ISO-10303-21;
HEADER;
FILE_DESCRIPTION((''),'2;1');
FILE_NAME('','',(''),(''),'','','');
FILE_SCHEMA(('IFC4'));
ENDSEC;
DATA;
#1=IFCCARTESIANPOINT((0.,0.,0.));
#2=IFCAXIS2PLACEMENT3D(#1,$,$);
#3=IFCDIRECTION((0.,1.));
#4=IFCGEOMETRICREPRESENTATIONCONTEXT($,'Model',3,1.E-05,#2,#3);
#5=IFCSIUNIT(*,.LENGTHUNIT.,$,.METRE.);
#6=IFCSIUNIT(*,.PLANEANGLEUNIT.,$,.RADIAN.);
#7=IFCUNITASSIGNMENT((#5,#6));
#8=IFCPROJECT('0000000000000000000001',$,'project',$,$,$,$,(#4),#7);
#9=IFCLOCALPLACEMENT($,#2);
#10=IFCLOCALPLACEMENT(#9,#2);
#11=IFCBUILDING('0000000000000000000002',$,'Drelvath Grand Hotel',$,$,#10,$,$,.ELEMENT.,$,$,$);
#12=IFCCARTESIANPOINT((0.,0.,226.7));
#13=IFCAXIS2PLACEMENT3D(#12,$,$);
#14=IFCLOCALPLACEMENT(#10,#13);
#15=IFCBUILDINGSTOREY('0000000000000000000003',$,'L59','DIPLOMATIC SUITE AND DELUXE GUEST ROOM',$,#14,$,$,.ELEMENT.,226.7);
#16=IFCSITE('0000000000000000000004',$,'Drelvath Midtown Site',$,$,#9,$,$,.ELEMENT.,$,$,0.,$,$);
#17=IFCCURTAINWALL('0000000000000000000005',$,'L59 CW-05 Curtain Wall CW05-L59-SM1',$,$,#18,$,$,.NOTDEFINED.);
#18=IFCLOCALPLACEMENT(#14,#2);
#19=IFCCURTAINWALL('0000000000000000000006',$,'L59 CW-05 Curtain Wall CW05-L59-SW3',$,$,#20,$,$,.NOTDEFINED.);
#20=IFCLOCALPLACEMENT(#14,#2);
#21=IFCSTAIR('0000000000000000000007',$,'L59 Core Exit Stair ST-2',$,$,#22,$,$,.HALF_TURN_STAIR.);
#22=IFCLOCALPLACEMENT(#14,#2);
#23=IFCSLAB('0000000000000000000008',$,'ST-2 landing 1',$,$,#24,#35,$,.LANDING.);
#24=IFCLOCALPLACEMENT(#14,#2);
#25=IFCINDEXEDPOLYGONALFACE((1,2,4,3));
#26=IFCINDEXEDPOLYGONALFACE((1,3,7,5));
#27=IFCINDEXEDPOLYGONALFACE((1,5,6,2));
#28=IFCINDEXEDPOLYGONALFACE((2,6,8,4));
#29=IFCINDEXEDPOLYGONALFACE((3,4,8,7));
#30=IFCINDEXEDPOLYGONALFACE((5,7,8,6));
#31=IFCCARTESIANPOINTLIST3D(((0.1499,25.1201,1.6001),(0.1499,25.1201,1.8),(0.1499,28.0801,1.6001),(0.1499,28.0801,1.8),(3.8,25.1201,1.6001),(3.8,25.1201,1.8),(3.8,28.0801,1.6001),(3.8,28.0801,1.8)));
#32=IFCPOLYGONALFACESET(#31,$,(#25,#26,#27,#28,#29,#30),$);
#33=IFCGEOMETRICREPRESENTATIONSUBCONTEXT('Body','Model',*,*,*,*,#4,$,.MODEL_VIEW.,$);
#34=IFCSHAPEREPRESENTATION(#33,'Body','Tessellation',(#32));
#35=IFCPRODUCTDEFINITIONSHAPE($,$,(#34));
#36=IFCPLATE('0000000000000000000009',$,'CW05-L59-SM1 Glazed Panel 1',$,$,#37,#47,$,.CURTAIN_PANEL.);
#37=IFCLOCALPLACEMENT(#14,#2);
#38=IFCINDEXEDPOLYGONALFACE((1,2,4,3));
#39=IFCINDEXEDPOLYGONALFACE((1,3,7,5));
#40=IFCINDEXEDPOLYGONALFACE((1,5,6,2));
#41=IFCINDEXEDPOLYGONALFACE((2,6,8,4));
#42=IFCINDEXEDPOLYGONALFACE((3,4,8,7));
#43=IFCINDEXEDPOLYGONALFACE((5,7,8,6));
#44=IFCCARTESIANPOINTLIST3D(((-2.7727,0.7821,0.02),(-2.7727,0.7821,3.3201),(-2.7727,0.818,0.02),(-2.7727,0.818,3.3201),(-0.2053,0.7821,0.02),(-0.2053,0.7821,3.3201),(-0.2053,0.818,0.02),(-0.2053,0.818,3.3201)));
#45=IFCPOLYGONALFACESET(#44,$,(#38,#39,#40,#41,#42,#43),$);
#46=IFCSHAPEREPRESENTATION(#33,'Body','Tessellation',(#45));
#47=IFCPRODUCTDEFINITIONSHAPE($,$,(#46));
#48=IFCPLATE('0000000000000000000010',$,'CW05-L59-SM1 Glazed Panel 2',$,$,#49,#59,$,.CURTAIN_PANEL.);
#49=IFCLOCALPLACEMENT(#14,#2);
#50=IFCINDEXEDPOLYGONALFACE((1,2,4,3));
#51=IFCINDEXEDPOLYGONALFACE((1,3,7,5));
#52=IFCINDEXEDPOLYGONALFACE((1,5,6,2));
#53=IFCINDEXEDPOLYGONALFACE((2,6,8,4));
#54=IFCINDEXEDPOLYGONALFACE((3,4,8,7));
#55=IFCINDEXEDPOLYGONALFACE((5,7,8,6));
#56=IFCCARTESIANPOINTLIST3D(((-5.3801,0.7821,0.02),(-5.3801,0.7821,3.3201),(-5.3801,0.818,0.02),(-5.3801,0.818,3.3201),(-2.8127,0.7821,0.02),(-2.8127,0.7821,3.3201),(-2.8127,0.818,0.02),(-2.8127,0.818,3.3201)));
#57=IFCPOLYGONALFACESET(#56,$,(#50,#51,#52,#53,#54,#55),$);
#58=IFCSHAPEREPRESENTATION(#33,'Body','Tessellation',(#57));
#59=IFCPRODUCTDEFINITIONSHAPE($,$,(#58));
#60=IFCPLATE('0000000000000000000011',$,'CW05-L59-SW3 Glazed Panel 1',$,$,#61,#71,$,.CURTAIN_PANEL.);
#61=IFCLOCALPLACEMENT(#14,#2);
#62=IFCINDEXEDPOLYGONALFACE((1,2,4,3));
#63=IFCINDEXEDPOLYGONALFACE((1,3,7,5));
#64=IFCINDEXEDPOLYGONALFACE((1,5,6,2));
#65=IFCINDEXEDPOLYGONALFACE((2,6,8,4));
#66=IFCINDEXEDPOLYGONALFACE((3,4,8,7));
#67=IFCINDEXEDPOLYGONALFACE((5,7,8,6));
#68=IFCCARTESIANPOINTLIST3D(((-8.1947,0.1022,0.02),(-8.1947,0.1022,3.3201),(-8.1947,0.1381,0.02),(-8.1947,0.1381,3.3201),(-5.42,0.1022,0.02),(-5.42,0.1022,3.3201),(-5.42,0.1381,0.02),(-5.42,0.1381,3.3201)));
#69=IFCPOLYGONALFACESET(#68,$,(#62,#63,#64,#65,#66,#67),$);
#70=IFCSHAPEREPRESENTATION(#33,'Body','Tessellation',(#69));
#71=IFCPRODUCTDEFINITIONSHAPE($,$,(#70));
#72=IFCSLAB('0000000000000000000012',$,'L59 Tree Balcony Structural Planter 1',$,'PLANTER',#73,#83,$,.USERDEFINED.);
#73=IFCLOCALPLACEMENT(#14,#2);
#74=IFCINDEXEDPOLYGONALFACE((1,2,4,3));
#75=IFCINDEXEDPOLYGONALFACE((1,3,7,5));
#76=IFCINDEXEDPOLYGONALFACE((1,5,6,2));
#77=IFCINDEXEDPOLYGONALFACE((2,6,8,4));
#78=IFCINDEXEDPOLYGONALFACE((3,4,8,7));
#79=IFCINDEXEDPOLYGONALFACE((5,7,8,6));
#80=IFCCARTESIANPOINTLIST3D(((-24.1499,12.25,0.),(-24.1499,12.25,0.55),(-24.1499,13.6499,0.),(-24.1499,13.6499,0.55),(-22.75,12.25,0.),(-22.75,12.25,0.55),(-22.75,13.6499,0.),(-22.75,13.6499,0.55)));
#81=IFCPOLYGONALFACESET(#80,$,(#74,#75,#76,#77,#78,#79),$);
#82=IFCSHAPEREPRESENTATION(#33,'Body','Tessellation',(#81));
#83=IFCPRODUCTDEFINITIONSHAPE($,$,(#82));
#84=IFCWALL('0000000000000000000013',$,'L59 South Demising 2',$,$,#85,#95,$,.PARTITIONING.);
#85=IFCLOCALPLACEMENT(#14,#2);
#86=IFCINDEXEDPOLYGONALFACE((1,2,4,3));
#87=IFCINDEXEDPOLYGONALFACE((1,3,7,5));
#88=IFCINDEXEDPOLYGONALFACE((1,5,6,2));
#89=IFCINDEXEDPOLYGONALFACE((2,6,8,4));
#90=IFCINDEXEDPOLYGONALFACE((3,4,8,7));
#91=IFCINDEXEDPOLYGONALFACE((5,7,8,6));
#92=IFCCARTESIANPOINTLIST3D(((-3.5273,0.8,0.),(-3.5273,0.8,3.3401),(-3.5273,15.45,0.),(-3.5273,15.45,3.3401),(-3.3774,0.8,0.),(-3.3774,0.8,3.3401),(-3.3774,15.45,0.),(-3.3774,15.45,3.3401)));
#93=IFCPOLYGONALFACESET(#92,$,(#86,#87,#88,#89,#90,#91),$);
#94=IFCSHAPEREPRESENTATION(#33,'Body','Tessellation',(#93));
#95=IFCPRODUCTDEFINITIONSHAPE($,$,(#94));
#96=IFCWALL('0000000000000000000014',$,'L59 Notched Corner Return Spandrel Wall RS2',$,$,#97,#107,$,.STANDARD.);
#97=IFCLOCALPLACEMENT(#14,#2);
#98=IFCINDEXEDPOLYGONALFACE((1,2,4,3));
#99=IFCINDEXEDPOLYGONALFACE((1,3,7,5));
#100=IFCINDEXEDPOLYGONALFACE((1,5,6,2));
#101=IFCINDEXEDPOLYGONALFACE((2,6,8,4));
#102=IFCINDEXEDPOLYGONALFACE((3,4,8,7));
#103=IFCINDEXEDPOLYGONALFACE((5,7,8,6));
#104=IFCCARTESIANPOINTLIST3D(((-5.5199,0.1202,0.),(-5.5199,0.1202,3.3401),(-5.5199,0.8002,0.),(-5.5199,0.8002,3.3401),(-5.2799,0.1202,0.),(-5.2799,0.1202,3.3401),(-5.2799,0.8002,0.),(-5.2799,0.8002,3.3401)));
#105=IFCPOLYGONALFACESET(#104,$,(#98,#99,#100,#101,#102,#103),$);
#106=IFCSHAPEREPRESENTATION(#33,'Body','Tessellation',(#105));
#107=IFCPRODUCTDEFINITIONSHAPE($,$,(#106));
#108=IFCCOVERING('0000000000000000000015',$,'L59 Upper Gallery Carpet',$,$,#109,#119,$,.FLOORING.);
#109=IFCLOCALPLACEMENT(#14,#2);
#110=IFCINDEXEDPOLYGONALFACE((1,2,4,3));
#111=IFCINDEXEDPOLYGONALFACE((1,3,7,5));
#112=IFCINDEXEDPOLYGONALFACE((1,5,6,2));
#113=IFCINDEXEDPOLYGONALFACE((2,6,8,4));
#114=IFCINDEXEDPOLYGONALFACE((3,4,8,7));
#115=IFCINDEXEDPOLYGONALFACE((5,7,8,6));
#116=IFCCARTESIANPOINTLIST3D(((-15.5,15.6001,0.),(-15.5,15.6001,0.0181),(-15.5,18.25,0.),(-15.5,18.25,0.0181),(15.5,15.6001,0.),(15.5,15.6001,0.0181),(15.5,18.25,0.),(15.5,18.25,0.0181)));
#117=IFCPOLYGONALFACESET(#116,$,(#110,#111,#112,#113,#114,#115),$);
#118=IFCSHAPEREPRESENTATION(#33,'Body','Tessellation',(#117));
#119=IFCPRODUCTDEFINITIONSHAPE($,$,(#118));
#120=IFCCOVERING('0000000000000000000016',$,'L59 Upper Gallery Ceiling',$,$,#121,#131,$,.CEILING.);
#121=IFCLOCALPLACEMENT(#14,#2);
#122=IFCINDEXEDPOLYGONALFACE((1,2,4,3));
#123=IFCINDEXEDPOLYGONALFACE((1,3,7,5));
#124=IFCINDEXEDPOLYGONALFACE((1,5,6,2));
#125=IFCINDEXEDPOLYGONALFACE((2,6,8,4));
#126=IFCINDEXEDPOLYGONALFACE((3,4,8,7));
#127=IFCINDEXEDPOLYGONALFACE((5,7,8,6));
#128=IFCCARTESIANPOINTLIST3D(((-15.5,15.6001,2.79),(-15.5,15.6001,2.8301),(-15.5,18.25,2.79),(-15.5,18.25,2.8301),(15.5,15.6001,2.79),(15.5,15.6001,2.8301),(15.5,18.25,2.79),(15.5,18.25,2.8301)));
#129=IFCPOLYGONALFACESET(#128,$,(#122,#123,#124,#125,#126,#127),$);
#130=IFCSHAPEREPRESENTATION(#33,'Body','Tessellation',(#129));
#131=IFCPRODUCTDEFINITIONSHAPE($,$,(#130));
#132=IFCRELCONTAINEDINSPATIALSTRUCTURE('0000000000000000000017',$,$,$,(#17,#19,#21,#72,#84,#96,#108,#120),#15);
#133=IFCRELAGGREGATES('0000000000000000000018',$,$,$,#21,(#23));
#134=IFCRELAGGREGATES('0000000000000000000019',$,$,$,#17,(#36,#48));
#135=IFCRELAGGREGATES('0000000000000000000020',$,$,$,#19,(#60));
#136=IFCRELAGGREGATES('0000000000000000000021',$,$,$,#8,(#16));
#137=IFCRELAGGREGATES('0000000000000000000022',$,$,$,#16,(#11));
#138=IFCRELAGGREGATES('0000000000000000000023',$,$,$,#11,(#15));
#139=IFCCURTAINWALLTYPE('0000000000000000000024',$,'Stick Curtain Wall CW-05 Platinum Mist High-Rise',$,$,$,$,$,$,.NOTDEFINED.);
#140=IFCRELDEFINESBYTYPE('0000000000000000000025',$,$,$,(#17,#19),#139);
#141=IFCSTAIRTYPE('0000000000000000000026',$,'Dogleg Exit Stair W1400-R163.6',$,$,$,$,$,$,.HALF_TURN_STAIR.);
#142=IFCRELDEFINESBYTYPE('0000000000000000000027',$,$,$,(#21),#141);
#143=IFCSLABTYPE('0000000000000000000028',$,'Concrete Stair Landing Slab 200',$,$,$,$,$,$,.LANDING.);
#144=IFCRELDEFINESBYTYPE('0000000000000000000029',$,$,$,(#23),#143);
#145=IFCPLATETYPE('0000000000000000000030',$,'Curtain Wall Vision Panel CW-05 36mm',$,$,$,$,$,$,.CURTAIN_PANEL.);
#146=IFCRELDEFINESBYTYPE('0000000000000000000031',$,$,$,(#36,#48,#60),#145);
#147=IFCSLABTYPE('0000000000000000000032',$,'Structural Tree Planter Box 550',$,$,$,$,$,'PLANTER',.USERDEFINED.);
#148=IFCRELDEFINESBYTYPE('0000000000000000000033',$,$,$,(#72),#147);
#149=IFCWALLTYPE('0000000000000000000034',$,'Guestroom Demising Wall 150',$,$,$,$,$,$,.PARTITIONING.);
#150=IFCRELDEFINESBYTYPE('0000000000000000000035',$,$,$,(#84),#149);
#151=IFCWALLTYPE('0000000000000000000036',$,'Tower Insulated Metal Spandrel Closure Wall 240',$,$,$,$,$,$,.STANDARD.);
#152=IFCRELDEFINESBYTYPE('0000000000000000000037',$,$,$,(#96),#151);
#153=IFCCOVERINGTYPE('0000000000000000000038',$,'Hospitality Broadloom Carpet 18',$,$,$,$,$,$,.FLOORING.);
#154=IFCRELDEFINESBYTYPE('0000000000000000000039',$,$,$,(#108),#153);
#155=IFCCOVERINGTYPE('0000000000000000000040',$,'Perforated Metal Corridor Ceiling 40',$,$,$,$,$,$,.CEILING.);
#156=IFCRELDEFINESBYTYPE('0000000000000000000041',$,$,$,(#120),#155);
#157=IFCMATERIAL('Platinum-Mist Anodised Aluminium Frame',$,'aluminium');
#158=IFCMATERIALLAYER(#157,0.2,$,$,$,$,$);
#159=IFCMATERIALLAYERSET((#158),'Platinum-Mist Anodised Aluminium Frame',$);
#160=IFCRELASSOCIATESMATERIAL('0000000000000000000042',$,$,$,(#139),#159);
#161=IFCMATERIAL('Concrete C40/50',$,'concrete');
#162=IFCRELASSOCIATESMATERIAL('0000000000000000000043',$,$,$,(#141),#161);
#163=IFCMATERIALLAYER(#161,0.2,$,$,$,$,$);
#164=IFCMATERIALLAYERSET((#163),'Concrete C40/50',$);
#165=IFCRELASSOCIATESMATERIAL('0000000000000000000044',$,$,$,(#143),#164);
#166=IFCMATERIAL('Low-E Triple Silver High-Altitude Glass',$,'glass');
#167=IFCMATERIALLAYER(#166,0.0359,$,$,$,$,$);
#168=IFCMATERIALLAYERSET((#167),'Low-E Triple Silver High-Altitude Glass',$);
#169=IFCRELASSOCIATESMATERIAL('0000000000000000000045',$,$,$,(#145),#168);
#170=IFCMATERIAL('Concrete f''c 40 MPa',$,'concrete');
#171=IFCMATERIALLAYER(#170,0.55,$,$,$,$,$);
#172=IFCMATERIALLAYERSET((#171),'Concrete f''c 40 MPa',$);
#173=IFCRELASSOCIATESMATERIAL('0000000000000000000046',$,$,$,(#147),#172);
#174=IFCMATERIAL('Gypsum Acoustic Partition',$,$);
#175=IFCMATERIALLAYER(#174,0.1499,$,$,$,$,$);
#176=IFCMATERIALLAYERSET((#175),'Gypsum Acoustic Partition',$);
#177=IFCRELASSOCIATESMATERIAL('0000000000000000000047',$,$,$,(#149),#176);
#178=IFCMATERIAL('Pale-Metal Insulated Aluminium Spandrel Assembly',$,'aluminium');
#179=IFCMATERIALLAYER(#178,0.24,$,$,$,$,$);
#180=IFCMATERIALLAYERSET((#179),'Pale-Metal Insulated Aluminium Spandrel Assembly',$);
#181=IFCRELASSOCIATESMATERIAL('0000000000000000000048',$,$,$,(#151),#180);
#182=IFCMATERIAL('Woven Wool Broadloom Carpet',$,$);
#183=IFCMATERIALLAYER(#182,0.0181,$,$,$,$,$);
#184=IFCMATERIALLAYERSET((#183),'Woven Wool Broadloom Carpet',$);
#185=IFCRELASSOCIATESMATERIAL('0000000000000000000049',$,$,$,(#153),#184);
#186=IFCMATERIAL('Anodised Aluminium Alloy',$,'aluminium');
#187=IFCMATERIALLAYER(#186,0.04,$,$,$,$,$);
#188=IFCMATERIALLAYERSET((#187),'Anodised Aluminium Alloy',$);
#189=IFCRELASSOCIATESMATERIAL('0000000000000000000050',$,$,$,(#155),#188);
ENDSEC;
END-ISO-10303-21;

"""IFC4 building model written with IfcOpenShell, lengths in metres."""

from ifc_helpers import new_model, si_unit, direction, frame, frame_2d, origin, origin_2d, place, context, subcontext, project, spatial, polyline, rectangle, outline, extrude, material, layer, layer_set, type_object, element, aggregate, save


model = new_model("IFC4")

# Units and contexts
model_context = context("Model", 3, precision=1e-05, world=origin(), true_north=direction((0.0, 1.0)))
body_context = subcontext(model_context, "Body", "Model", "MODEL_VIEW")
ifc_project = project(units=[si_unit("LENGTHUNIT", "METRE"), si_unit("PLANEANGLEUNIT", "RADIAN")], contexts=[model_context])

# Site, building, storey
site_placement = place(None, origin())
site = spatial("IfcSite", under=ifc_project, at=site_placement, Name="Drelvath Midtown Site", CompositionType="ELEMENT", RefElevation=0.0)
building_placement = place(site_placement, origin())
building = spatial("IfcBuilding", under=site, at=building_placement, Name="Drelvath Grand Hotel", CompositionType="ELEMENT")
storey_placement = place(building_placement, frame((0.0, 0.0, 226.7)))
storey = spatial("IfcBuildingStorey", under=building, at=storey_placement, Name="L59", Description="DIPLOMATIC SUITE AND DELUXE GUEST ROOM", CompositionType="ELEMENT", Elevation=226.7)

# Curtain walls
ifc_material_1 = material(Name="Platinum-Mist Anodised Aluminium Frame", Category="aluminium")
ifc_layer_1 = layer(ifc_material_1, 0.2)
ifc_layer_set_1 = layer_set([ifc_layer_1], Name="Platinum-Mist Anodised Aluminium Frame")
curtain_wall_type = type_object("IfcCurtainWallType", Name="Stick Curtain Wall CW-05 Platinum Mist High-Rise", PredefinedType="NOTDEFINED", material=ifc_layer_set_1)
curtain_wall_1_placement = place(storey_placement, origin())
curtain_wall_1 = element("IfcCurtainWall", 1, at=curtain_wall_1_placement, inside=storey, type_object=curtain_wall_type, Name="L59 CW-05 Curtain Wall CW05-L59-SM1", PredefinedType="NOTDEFINED")
curtain_wall_2_placement = place(storey_placement, origin())
curtain_wall_2 = element("IfcCurtainWall", 2, at=curtain_wall_2_placement, inside=storey, type_object=curtain_wall_type, Name="L59 CW-05 Curtain Wall CW05-L59-SW3", PredefinedType="NOTDEFINED")

# Shared definitions
ifc_material_2 = material(Name="Concrete f'c 40 MPa", Category="concrete")

# Stair, slab
ifc_material_3 = material(Name="Concrete C40/50", Category="concrete")
stair_type = type_object("IfcStairType", Name="Dogleg Exit Stair W1400-R163.6", PredefinedType="HALF_TURN_STAIR", material=ifc_material_3)
ifc_layer_2 = layer(ifc_material_3, 0.2)
ifc_layer_set_2 = layer_set([ifc_layer_2], Name="Concrete C40/50")
slab_type_1 = type_object("IfcSlabType", Name="Concrete Stair Landing Slab 200", PredefinedType="LANDING", material=ifc_layer_set_2)
stair_1_placement = place(storey_placement, origin())
stair_1 = element("IfcStair", 3, at=stair_1_placement, inside=storey, type_object=stair_type, Name="L59 Core Exit Stair ST-2", PredefinedType="HALF_TURN_STAIR")
slab_1_placement = place(storey_placement, frame((0.0, 0.0, 1.6001)))
slab_1 = element("IfcSlab", 4, at=slab_1_placement, type_object=slab_type_1, Name="ST-2 landing 1", PredefinedType="LANDING", context=body_context, shape_type="SweptSolid", body=[
    extrude(outline(polyline([(3.8, 28.0801), (0.1499, 28.0801), (0.1499, 25.1201), (3.8, 25.1201), (3.8, 28.0801)])), origin(), (0.0, 0.0, 1.0), 0.2),
])
aggregate(stair_1, [slab_1])

# Plates
ifc_material_4 = material(Name="Low-E Triple Silver High-Altitude Glass", Category="glass")
ifc_layer_3 = layer(ifc_material_4, 0.0359)
ifc_layer_set_3 = layer_set([ifc_layer_3], Name="Low-E Triple Silver High-Altitude Glass")
plate_type = type_object("IfcPlateType", Name="Curtain Wall Vision Panel CW-05 36mm", PredefinedType="CURTAIN_PANEL", material=ifc_layer_set_3)
plate_1_placement = place(storey_placement, frame((-1.489, 0.8, 0.02), z_axis=(0.0, 0.0, 1.0), x_axis=(-1.0, 0.0, 0.0)))
plate_1 = element("IfcPlate", 5, at=plate_1_placement, type_object=plate_type, Name="CW05-L59-SM1 Glazed Panel 1", PredefinedType="CURTAIN_PANEL", context=body_context, shape_type="SweptSolid", body=[
    extrude(rectangle(XDim=2.5674, YDim=0.0359, at=origin_2d()), origin(), (0.0, 0.0, 1.0), 3.3),
])
plate_2_placement = place(storey_placement, frame((-4.0964, 0.8, 0.02), z_axis=(0.0, 0.0, 1.0), x_axis=(-1.0, 0.0, 0.0)))
plate_2 = element("IfcPlate", 6, at=plate_2_placement, type_object=plate_type, Name="CW05-L59-SM1 Glazed Panel 2", PredefinedType="CURTAIN_PANEL", context=body_context, shape_type="SweptSolid", body=[
    extrude(rectangle(XDim=2.5674, YDim=0.0359, at=origin_2d()), origin(), (0.0, 0.0, 1.0), 3.3),
])
aggregate(curtain_wall_1, [plate_1, plate_2])
plate_3_placement = place(storey_placement, frame((-6.8074, 0.1201, 0.02), z_axis=(0.0, 0.0, 1.0), x_axis=(-1.0, 0.0, 0.0)))
plate_3 = element("IfcPlate", 7, at=plate_3_placement, type_object=plate_type, Name="CW05-L59-SW3 Glazed Panel 1", PredefinedType="CURTAIN_PANEL", context=body_context, shape_type="SweptSolid", body=[
    extrude(rectangle(XDim=2.7747, YDim=0.0359, at=origin_2d()), origin(), (0.0, 0.0, 1.0), 3.3),
])
aggregate(curtain_wall_2, [plate_3])

# Slab
ifc_layer_4 = layer(ifc_material_2, 0.55)
ifc_layer_set_4 = layer_set([ifc_layer_4], Name="Concrete f'c 40 MPa")
slab_type_2 = type_object("IfcSlabType", Name="Structural Tree Planter Box 550", ElementType="PLANTER", PredefinedType="USERDEFINED", material=ifc_layer_set_4)
slab_2_placement = place(storey_placement, origin())
element("IfcSlab", 8, at=slab_2_placement, inside=storey, type_object=slab_type_2, Name="L59 Tree Balcony Structural Planter 1", ObjectType="PLANTER", PredefinedType="USERDEFINED", context=body_context, shape_type="SweptSolid", body=[
    extrude(outline(polyline([(-24.1499, 12.25), (-22.75, 12.25), (-22.75, 13.6499), (-24.1499, 13.6499), (-24.1499, 12.25)])), origin(), (0.0, 0.0, 1.0), 0.55),
])

# Walls
ifc_material_5 = material(Name="Gypsum Acoustic Partition")
ifc_layer_5 = layer(ifc_material_5, 0.1499)
ifc_layer_set_5 = layer_set([ifc_layer_5], Name="Gypsum Acoustic Partition")
wall_type_1 = type_object("IfcWallType", Name="Guestroom Demising Wall 150", PredefinedType="PARTITIONING", material=ifc_layer_set_5)
wall_1_placement = place(storey_placement, frame((-3.4524, 0.8, 0.0), z_axis=(0.0, 0.0, 1.0), x_axis=(0.0, 1.0, 0.0)))
element("IfcWall", 9, at=wall_1_placement, inside=storey, type_object=wall_type_1, Name="L59 South Demising 2", PredefinedType="PARTITIONING", context=body_context, shape_type="SweptSolid", body=[
    extrude(rectangle(XDim=14.6499, YDim=0.1499, at=frame_2d((7.325, 0.0))), origin(), (0.0, 0.0, 1.0), 3.3401),
])
ifc_material_6 = material(Name="Pale-Metal Insulated Aluminium Spandrel Assembly", Category="aluminium")
ifc_layer_6 = layer(ifc_material_6, 0.24)
ifc_layer_set_6 = layer_set([ifc_layer_6], Name="Pale-Metal Insulated Aluminium Spandrel Assembly")
wall_type_2 = type_object("IfcWallType", Name="Tower Insulated Metal Spandrel Closure Wall 240", PredefinedType="STANDARD", material=ifc_layer_set_6)
wall_2_placement = place(storey_placement, frame((-5.3999, 0.8, 0.0), z_axis=(0.0, 0.0, 1.0), x_axis=(0.0, -1.0, 0.0)))
element("IfcWall", 10, at=wall_2_placement, inside=storey, type_object=wall_type_2, Name="L59 Notched Corner Return Spandrel Wall RS2", PredefinedType="STANDARD", context=body_context, shape_type="SweptSolid", body=[
    extrude(rectangle(XDim=0.6799, YDim=0.24, at=frame_2d((0.3398, 0.0))), origin(), (0.0, 0.0, 1.0), 3.3401),
])

# Coverings
ifc_material_7 = material(Name="Woven Wool Broadloom Carpet")
ifc_layer_7 = layer(ifc_material_7, 0.0181)
ifc_layer_set_7 = layer_set([ifc_layer_7], Name="Woven Wool Broadloom Carpet")
covering_type_1 = type_object("IfcCoveringType", Name="Hospitality Broadloom Carpet 18", PredefinedType="FLOORING", material=ifc_layer_set_7)
covering_1_placement = place(storey_placement, origin())
element("IfcCovering", 11, at=covering_1_placement, inside=storey, type_object=covering_type_1, Name="L59 Upper Gallery Carpet", PredefinedType="FLOORING", context=body_context, shape_type="SweptSolid", body=[
    extrude(outline(polyline([(15.5, 15.6001), (15.5, 18.25), (-15.5, 18.25), (-15.5, 15.6001), (15.5, 15.6001)])), origin(), (0.0, 0.0, 1.0), 0.0181),
])
ifc_material_8 = material(Name="Anodised Aluminium Alloy", Category="aluminium")
ifc_layer_8 = layer(ifc_material_8, 0.04)
ifc_layer_set_8 = layer_set([ifc_layer_8], Name="Anodised Aluminium Alloy")
covering_type_2 = type_object("IfcCoveringType", Name="Perforated Metal Corridor Ceiling 40", PredefinedType="CEILING", material=ifc_layer_set_8)
covering_2_placement = place(storey_placement, frame((0.0, 0.0, 2.79)))
element("IfcCovering", 12, at=covering_2_placement, inside=storey, type_object=covering_type_2, Name="L59 Upper Gallery Ceiling", PredefinedType="CEILING", context=body_context, shape_type="SweptSolid", body=[
    extrude(outline(polyline([(15.5, 15.6001), (15.5, 18.25), (-15.5, 18.25), (-15.5, 15.6001), (15.5, 15.6001)])), origin(), (0.0, 0.0, 1.0), 0.04),
])

save(model, "model.ifc")
